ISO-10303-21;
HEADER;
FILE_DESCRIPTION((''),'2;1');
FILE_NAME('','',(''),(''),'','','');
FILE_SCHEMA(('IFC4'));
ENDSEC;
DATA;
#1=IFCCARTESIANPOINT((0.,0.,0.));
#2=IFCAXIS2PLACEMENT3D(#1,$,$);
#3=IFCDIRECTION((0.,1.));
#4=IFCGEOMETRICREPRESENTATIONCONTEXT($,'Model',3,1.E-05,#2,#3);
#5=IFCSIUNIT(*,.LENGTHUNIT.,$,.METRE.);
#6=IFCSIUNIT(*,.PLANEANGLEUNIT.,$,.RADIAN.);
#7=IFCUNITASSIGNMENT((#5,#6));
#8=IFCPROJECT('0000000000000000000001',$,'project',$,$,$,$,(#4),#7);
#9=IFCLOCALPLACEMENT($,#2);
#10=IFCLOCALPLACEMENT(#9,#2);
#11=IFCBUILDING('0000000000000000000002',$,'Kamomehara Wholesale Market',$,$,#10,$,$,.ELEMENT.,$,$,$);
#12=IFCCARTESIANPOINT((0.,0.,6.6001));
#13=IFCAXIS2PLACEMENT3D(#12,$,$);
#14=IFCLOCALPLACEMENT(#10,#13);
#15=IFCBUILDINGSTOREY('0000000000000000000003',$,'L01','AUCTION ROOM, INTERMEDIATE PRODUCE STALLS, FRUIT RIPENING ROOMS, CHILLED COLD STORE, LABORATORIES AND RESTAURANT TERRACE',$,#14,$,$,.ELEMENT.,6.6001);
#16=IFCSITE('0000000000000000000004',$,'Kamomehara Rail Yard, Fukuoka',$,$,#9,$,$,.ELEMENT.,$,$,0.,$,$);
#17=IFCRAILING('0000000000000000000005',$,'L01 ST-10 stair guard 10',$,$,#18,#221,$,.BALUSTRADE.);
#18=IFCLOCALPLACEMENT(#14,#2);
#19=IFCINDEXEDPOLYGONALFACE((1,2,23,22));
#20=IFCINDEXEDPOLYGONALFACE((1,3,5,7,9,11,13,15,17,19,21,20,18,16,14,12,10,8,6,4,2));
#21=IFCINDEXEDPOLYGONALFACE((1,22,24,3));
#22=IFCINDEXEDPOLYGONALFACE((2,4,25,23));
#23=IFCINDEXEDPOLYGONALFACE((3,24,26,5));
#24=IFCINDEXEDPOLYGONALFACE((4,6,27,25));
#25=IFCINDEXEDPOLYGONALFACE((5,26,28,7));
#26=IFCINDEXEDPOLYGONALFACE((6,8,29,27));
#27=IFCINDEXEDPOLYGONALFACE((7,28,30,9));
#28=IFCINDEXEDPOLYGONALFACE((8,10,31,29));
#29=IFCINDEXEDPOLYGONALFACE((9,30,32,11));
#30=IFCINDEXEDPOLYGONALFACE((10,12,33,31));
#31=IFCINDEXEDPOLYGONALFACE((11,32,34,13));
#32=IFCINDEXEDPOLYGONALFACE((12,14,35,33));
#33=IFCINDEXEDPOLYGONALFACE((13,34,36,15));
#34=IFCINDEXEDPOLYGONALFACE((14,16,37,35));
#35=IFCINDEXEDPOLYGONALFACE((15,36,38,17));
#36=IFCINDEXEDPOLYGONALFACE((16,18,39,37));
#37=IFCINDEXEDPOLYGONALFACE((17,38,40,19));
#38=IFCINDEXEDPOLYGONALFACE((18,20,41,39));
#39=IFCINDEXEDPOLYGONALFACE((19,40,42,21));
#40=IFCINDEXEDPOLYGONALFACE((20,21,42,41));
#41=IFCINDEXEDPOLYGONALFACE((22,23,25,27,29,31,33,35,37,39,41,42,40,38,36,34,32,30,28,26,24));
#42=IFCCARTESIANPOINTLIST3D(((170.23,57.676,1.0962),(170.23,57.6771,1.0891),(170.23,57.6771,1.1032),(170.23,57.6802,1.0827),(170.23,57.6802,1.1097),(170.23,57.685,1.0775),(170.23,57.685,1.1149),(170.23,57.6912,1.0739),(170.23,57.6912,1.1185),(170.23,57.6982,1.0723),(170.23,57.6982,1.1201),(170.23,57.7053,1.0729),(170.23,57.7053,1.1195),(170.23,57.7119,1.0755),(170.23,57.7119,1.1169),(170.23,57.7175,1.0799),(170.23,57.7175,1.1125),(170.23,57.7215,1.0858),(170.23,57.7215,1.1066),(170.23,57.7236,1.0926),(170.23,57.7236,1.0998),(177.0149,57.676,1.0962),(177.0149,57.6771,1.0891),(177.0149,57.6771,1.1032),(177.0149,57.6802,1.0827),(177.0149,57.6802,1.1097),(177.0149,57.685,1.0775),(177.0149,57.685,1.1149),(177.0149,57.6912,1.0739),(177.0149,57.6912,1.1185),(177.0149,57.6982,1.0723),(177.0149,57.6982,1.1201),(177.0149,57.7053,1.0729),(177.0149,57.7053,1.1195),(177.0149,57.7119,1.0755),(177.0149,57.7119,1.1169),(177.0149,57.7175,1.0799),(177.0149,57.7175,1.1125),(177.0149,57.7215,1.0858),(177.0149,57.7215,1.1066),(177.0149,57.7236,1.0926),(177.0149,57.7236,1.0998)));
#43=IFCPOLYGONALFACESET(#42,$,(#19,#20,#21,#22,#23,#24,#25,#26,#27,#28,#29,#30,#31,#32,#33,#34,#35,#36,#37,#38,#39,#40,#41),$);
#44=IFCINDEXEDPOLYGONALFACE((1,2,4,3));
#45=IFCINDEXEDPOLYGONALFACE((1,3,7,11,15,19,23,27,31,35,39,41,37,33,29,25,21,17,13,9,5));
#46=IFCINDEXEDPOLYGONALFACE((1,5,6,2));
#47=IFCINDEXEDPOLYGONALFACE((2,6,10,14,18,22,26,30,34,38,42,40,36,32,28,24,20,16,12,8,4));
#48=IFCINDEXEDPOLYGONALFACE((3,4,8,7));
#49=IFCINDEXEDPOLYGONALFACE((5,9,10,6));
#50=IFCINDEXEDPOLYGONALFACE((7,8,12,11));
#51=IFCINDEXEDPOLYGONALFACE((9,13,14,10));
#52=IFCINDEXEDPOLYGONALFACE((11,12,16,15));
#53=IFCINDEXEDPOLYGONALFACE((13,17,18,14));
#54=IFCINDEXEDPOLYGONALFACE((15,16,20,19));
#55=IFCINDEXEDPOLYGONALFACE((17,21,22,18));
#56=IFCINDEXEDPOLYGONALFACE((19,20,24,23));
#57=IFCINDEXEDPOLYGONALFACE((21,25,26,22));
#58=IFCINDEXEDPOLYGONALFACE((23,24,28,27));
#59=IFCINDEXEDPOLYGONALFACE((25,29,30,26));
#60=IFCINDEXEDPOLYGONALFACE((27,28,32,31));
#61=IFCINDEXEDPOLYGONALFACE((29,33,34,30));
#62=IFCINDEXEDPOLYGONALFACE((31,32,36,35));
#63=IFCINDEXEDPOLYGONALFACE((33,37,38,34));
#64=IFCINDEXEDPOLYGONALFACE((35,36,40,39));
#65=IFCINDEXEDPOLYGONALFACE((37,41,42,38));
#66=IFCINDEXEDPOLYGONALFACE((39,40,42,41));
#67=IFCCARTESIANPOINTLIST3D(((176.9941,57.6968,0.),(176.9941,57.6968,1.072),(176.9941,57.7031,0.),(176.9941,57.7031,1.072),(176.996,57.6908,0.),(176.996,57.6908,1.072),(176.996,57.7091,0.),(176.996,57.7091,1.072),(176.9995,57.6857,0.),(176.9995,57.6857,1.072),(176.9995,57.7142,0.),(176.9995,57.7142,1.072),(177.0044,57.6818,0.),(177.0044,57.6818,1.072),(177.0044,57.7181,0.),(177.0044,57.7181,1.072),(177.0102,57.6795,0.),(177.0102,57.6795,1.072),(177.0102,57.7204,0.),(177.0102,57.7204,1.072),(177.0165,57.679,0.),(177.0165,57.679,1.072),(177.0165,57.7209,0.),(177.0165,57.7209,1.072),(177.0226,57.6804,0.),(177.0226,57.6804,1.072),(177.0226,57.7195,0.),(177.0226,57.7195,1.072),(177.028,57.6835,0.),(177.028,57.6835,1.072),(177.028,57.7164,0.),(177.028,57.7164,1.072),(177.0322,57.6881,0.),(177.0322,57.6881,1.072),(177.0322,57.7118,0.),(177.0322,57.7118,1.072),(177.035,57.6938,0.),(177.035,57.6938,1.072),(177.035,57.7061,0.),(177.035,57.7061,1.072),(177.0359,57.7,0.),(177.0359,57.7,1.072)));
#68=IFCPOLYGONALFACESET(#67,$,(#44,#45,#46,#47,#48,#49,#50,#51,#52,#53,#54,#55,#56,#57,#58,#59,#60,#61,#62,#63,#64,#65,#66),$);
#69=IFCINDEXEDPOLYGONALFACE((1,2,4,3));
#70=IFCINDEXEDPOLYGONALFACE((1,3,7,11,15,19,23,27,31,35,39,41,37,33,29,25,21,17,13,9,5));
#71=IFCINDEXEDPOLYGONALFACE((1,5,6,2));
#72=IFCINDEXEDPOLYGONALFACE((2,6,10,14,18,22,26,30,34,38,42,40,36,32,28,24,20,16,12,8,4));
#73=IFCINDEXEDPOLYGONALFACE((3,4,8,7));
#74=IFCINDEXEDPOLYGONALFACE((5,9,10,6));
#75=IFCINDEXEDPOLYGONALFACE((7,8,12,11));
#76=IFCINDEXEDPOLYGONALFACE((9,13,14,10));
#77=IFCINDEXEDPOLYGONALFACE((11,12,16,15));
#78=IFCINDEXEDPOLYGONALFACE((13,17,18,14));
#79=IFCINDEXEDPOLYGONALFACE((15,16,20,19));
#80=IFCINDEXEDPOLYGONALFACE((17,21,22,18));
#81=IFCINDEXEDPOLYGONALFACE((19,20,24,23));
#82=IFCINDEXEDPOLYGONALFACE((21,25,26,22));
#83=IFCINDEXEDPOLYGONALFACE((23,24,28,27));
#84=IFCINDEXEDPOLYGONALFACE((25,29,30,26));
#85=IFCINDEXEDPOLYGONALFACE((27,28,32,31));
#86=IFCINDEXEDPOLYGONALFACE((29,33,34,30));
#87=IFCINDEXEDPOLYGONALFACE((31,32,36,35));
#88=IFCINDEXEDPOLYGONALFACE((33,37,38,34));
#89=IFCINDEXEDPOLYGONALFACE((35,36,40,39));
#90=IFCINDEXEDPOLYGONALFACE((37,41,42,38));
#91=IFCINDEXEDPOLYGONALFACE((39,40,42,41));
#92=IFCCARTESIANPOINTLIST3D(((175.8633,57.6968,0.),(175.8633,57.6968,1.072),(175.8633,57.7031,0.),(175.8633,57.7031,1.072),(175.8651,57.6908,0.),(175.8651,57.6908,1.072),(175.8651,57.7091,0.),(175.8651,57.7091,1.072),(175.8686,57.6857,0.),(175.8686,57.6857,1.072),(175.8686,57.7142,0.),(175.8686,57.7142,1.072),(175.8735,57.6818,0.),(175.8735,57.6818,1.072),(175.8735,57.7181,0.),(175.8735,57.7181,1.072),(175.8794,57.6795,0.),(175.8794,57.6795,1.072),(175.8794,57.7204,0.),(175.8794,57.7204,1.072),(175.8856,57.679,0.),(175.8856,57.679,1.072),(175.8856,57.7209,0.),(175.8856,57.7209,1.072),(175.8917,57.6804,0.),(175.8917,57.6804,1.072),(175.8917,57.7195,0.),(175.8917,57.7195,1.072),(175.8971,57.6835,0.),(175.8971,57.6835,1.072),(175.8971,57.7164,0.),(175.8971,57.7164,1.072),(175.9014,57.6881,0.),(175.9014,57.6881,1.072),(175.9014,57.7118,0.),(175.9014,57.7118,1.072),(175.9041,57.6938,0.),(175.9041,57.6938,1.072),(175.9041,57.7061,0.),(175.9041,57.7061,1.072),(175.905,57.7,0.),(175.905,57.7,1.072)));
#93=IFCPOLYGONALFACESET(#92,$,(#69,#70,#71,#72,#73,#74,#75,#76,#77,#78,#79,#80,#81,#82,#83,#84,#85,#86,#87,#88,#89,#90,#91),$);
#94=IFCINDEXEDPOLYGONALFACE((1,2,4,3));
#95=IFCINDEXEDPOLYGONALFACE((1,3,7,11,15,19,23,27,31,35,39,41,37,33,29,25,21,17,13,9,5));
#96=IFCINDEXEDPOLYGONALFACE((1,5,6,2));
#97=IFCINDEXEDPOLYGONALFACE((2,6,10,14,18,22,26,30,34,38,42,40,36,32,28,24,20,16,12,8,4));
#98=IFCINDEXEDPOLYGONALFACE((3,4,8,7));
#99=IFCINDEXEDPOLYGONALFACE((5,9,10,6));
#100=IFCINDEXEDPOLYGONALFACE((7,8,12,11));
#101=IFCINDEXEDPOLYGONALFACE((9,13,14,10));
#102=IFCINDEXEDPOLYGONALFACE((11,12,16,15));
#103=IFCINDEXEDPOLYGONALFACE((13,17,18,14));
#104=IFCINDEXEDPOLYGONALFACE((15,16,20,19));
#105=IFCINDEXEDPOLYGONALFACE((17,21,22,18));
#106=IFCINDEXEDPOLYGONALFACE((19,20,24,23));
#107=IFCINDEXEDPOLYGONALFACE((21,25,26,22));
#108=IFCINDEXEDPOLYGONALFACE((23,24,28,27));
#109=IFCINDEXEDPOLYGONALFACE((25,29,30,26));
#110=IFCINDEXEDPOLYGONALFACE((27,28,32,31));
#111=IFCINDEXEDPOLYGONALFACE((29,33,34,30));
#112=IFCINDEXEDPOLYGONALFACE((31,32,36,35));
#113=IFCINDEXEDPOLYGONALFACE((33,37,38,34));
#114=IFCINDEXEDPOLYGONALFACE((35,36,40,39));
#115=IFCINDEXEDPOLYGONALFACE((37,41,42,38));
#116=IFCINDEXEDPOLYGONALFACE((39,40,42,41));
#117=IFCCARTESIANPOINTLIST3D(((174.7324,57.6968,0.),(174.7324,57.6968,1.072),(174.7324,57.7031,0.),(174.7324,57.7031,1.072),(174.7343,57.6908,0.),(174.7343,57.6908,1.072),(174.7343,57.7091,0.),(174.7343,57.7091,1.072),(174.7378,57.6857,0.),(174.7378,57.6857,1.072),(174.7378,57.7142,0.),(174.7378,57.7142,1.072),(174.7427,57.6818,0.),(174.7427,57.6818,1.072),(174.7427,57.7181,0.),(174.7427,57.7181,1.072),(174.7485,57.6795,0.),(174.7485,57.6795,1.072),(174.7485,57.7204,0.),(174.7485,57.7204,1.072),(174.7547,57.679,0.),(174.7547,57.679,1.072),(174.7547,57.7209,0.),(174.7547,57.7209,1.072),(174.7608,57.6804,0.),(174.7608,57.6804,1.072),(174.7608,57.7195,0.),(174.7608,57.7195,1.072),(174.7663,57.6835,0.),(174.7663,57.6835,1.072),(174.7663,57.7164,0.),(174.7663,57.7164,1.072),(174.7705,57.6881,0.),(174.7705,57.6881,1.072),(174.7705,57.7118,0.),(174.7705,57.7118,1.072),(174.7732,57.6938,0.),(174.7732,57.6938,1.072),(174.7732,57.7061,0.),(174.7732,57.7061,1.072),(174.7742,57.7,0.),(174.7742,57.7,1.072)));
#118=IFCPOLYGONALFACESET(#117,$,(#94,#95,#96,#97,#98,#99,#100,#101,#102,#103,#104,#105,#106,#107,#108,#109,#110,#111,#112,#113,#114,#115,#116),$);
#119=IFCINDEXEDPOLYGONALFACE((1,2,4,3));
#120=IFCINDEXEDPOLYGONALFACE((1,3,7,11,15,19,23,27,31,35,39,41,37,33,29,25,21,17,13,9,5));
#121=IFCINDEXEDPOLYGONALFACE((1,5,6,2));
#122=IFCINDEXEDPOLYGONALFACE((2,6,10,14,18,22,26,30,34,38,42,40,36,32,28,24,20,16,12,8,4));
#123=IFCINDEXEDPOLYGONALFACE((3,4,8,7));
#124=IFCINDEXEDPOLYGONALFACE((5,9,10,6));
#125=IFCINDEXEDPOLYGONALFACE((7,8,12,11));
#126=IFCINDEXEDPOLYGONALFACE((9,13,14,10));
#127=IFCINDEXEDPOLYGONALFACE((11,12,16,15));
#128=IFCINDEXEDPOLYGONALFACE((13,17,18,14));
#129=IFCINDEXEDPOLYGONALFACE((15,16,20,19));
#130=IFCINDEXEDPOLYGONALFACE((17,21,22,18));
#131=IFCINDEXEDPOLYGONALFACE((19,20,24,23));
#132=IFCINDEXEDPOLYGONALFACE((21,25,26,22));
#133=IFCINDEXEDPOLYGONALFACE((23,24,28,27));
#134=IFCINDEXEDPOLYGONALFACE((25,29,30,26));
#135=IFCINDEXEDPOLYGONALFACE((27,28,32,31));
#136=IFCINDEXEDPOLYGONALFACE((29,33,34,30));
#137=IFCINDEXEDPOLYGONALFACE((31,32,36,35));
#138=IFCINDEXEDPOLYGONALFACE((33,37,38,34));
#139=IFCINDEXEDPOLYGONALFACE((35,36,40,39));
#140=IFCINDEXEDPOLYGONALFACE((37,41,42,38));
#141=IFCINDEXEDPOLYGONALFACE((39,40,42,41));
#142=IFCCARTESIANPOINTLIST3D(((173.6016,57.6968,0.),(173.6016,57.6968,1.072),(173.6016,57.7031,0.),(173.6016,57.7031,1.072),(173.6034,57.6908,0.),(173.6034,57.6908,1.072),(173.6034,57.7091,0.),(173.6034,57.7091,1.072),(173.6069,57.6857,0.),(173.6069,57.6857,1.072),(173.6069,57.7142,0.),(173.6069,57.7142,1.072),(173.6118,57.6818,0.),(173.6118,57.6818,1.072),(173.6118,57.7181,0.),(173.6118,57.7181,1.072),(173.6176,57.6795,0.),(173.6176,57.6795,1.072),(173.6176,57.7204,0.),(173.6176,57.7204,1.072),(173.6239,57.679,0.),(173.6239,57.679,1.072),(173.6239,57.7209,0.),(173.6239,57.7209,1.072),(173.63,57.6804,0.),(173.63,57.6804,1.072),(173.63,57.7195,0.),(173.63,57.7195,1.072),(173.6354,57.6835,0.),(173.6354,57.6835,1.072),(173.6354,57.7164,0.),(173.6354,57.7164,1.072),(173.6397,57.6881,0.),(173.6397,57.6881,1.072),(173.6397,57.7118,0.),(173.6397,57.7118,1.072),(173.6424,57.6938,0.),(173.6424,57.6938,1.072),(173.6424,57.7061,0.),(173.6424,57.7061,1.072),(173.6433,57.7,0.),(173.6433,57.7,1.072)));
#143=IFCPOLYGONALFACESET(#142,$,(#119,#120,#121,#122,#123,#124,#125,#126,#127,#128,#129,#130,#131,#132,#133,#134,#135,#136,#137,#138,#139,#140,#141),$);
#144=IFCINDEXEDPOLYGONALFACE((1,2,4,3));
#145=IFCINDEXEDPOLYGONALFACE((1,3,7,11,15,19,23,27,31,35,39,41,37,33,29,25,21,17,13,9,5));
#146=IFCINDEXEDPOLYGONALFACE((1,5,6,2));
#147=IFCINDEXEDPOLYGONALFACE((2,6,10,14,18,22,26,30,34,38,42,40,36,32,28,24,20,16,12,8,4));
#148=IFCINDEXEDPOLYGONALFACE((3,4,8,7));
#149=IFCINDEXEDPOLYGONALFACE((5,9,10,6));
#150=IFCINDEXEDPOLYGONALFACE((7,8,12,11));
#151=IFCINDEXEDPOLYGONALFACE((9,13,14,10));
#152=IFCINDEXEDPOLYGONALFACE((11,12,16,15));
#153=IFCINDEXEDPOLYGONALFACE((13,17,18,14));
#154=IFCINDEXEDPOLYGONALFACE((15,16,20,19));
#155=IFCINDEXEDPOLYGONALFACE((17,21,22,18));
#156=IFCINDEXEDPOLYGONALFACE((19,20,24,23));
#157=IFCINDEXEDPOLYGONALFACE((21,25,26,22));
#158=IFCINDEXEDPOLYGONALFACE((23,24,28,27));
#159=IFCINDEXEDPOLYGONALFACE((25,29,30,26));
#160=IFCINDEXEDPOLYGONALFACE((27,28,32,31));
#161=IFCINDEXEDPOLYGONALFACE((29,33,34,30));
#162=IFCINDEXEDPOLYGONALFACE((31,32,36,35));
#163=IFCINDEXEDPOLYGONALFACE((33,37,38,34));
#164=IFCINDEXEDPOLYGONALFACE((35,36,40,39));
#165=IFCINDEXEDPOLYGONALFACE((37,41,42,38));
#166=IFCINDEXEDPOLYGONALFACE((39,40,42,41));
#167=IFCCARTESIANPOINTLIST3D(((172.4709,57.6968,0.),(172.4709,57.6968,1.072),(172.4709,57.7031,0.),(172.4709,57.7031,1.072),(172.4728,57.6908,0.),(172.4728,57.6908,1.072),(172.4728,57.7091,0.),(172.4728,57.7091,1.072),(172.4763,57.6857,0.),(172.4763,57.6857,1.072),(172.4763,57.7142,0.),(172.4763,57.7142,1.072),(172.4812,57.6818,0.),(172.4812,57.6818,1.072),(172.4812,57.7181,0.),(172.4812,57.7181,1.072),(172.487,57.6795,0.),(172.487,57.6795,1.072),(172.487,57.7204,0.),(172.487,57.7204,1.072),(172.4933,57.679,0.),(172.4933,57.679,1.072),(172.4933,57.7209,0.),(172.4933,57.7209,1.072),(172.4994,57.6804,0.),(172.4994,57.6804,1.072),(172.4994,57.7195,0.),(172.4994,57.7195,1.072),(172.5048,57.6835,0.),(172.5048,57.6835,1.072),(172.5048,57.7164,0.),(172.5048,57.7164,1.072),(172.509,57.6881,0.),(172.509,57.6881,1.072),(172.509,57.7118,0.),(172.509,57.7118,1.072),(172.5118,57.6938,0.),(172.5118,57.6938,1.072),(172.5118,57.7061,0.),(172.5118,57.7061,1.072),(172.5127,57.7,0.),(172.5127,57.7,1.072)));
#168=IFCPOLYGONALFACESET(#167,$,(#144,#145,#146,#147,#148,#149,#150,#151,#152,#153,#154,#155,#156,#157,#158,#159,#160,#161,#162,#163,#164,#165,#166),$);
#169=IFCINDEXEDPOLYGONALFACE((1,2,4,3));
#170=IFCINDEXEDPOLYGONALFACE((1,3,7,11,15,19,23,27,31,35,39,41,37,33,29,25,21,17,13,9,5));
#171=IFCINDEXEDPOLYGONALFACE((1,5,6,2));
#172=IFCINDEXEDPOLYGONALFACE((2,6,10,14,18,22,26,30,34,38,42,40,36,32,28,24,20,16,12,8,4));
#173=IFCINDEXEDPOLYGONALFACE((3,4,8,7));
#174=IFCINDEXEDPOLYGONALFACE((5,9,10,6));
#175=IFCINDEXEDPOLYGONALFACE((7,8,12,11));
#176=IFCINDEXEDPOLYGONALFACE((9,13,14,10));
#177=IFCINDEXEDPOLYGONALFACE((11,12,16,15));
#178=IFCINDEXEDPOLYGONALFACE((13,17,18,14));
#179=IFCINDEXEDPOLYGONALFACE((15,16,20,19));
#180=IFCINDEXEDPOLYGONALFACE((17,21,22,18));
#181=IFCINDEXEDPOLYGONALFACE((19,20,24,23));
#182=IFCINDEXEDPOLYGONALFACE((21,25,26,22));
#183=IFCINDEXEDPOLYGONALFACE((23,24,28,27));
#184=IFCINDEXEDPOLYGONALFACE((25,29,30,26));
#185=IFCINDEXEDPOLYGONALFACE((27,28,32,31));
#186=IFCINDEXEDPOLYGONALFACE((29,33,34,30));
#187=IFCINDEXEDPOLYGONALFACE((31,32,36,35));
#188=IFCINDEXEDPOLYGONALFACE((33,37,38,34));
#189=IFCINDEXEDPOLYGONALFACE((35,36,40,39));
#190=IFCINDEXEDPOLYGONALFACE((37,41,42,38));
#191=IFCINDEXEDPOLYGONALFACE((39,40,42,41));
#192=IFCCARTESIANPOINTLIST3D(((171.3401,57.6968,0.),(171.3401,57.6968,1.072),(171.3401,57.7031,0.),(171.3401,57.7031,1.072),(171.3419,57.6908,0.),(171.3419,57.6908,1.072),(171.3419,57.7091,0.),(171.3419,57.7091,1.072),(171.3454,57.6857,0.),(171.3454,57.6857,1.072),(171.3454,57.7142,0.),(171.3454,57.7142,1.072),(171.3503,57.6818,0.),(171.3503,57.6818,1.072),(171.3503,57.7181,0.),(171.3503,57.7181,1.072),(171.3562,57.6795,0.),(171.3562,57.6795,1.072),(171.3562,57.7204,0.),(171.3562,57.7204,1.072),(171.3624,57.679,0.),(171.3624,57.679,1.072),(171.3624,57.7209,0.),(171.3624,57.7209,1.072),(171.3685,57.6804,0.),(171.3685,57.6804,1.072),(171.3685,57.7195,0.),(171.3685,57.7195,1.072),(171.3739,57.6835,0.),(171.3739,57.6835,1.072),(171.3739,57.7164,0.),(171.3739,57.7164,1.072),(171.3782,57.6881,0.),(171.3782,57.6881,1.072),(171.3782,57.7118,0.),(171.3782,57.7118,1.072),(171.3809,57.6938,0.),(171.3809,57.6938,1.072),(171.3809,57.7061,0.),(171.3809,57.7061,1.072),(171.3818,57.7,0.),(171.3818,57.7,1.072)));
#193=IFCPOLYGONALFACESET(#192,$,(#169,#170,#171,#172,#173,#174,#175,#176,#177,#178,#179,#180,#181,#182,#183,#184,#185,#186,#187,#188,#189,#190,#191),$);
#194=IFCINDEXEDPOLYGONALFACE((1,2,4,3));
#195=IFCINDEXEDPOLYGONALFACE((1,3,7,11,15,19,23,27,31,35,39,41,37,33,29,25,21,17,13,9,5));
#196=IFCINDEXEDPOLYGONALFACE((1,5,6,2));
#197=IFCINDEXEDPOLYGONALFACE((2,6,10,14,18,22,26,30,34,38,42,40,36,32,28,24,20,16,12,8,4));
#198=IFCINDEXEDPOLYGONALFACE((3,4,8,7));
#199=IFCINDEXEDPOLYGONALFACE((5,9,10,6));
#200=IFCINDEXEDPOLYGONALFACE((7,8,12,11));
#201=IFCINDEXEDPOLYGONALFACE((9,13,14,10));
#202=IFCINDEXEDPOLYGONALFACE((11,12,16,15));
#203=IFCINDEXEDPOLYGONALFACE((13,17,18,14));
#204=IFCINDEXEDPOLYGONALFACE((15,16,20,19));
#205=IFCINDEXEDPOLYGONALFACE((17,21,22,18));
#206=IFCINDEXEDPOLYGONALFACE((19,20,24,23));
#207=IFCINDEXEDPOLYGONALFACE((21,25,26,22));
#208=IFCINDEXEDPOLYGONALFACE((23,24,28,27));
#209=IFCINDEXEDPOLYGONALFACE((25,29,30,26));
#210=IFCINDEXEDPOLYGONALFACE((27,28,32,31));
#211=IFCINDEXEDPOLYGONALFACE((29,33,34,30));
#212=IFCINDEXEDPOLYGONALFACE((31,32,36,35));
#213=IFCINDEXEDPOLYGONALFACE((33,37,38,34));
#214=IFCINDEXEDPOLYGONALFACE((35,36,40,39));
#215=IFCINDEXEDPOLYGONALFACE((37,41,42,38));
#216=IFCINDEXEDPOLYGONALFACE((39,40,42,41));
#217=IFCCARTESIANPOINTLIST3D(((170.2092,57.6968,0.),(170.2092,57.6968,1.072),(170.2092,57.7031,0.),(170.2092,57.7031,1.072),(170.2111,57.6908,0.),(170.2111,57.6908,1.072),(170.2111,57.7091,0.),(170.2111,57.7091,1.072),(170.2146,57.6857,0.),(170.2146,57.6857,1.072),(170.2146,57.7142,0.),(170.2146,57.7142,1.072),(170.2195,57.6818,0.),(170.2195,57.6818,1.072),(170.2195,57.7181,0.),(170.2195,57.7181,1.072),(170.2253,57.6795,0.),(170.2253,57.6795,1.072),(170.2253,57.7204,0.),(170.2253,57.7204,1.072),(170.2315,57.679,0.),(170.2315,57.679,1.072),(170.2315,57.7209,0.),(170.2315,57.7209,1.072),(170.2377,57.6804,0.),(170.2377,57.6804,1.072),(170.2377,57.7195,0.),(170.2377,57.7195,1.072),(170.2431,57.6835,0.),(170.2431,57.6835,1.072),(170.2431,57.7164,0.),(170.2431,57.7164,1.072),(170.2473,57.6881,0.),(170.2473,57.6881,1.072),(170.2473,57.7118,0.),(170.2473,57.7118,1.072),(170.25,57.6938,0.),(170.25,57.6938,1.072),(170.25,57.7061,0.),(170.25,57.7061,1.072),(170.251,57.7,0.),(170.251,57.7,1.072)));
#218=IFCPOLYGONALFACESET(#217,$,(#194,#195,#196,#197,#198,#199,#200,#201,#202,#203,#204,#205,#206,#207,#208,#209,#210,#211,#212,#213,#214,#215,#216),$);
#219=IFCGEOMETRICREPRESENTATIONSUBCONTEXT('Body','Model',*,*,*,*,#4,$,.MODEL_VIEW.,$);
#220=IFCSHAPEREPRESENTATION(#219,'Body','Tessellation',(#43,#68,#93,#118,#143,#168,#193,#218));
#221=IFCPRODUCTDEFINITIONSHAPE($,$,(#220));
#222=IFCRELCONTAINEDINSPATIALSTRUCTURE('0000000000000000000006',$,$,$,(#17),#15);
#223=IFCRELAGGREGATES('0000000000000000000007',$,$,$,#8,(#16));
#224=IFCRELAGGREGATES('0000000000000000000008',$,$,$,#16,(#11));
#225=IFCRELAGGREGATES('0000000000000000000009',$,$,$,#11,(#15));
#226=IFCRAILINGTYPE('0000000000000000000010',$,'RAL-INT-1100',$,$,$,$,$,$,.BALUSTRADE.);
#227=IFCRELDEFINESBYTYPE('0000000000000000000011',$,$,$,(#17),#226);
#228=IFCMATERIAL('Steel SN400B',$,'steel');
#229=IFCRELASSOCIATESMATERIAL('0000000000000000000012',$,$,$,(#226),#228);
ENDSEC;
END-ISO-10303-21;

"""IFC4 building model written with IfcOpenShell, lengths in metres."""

from ifc_helpers import new_model, si_unit, direction, frame, origin, origin_2d, place, context, subcontext, project, spatial, circle, extrude, material, type_object, element, save


model = new_model("IFC4")

# Units and contexts
model_context = context("Model", 3, precision=1e-05, world=origin(), true_north=direction((0.0, 1.0)))
body_context = subcontext(model_context, "Body", "Model", "MODEL_VIEW")
ifc_project = project(units=[si_unit("LENGTHUNIT", "METRE"), si_unit("PLANEANGLEUNIT", "RADIAN")], contexts=[model_context])

# Site, building, storey
site_placement = place(None, origin())
site = spatial("IfcSite", under=ifc_project, at=site_placement, Name="Kamomehara Rail Yard, Fukuoka", CompositionType="ELEMENT", RefElevation=0.0)
building_placement = place(site_placement, origin())
building = spatial("IfcBuilding", under=site, at=building_placement, Name="Kamomehara Wholesale Market", CompositionType="ELEMENT")
storey_placement = place(building_placement, frame((0.0, 0.0, 6.6001)))
storey = spatial("IfcBuildingStorey", under=building, at=storey_placement, Name="L01", Description="AUCTION ROOM, INTERMEDIATE PRODUCE STALLS, FRUIT RIPENING ROOMS, CHILLED COLD STORE, LABORATORIES AND RESTAURANT TERRACE", CompositionType="ELEMENT", Elevation=6.6001)

# Railing
ifc_material_1 = material(Name="Steel SN400B", Category="steel")
railing_type_1 = type_object("IfcRailingType", Name="RAL-INT-1100", PredefinedType="BALUSTRADE", material=ifc_material_1)
railing_1_placement = place(storey_placement, frame((177.0149, 57.7, 0.0)))
element("IfcRailing", 1, at=railing_1_placement, inside=storey, type_object=railing_type_1, Name="L01 ST-10 stair guard 10", PredefinedType="BALUSTRADE", context=body_context, shape_type="SweptSolid", body=[
    extrude(circle(Radius=0.0239, at=origin_2d()), frame((0.0, 0.0, 1.0962), z_axis=(-1.0, 0.0, 0.0), x_axis=(0.0, -1.0, 0.0)), (0.0, 0.0, 1.0), 6.7849),
    extrude(circle(Radius=0.021, at=origin_2d()), origin(), (0.0, 0.0, 1.0), 1.072),
    extrude(circle(Radius=0.021, at=origin_2d()), frame((-1.1309, 0.0, 0.0)), (0.0, 0.0, 1.0), 1.072),
    extrude(circle(Radius=0.021, at=origin_2d()), frame((-2.2617, 0.0, 0.0)), (0.0, 0.0, 1.0), 1.072),
    extrude(circle(Radius=0.021, at=origin_2d()), frame((-3.3926, 0.0, 0.0)), (0.0, 0.0, 1.0), 1.072),
    extrude(circle(Radius=0.021, at=origin_2d()), frame((-4.5232, 0.0, 0.0)), (0.0, 0.0, 1.0), 1.072),
    extrude(circle(Radius=0.021, at=origin_2d()), frame((-5.6541, 0.0, 0.0)), (0.0, 0.0, 1.0), 1.072),
    extrude(circle(Radius=0.021, at=origin_2d()), frame((-6.7849, 0.0, 0.0)), (0.0, 0.0, 1.0), 1.072),
])

save(model, "model.ifc")
